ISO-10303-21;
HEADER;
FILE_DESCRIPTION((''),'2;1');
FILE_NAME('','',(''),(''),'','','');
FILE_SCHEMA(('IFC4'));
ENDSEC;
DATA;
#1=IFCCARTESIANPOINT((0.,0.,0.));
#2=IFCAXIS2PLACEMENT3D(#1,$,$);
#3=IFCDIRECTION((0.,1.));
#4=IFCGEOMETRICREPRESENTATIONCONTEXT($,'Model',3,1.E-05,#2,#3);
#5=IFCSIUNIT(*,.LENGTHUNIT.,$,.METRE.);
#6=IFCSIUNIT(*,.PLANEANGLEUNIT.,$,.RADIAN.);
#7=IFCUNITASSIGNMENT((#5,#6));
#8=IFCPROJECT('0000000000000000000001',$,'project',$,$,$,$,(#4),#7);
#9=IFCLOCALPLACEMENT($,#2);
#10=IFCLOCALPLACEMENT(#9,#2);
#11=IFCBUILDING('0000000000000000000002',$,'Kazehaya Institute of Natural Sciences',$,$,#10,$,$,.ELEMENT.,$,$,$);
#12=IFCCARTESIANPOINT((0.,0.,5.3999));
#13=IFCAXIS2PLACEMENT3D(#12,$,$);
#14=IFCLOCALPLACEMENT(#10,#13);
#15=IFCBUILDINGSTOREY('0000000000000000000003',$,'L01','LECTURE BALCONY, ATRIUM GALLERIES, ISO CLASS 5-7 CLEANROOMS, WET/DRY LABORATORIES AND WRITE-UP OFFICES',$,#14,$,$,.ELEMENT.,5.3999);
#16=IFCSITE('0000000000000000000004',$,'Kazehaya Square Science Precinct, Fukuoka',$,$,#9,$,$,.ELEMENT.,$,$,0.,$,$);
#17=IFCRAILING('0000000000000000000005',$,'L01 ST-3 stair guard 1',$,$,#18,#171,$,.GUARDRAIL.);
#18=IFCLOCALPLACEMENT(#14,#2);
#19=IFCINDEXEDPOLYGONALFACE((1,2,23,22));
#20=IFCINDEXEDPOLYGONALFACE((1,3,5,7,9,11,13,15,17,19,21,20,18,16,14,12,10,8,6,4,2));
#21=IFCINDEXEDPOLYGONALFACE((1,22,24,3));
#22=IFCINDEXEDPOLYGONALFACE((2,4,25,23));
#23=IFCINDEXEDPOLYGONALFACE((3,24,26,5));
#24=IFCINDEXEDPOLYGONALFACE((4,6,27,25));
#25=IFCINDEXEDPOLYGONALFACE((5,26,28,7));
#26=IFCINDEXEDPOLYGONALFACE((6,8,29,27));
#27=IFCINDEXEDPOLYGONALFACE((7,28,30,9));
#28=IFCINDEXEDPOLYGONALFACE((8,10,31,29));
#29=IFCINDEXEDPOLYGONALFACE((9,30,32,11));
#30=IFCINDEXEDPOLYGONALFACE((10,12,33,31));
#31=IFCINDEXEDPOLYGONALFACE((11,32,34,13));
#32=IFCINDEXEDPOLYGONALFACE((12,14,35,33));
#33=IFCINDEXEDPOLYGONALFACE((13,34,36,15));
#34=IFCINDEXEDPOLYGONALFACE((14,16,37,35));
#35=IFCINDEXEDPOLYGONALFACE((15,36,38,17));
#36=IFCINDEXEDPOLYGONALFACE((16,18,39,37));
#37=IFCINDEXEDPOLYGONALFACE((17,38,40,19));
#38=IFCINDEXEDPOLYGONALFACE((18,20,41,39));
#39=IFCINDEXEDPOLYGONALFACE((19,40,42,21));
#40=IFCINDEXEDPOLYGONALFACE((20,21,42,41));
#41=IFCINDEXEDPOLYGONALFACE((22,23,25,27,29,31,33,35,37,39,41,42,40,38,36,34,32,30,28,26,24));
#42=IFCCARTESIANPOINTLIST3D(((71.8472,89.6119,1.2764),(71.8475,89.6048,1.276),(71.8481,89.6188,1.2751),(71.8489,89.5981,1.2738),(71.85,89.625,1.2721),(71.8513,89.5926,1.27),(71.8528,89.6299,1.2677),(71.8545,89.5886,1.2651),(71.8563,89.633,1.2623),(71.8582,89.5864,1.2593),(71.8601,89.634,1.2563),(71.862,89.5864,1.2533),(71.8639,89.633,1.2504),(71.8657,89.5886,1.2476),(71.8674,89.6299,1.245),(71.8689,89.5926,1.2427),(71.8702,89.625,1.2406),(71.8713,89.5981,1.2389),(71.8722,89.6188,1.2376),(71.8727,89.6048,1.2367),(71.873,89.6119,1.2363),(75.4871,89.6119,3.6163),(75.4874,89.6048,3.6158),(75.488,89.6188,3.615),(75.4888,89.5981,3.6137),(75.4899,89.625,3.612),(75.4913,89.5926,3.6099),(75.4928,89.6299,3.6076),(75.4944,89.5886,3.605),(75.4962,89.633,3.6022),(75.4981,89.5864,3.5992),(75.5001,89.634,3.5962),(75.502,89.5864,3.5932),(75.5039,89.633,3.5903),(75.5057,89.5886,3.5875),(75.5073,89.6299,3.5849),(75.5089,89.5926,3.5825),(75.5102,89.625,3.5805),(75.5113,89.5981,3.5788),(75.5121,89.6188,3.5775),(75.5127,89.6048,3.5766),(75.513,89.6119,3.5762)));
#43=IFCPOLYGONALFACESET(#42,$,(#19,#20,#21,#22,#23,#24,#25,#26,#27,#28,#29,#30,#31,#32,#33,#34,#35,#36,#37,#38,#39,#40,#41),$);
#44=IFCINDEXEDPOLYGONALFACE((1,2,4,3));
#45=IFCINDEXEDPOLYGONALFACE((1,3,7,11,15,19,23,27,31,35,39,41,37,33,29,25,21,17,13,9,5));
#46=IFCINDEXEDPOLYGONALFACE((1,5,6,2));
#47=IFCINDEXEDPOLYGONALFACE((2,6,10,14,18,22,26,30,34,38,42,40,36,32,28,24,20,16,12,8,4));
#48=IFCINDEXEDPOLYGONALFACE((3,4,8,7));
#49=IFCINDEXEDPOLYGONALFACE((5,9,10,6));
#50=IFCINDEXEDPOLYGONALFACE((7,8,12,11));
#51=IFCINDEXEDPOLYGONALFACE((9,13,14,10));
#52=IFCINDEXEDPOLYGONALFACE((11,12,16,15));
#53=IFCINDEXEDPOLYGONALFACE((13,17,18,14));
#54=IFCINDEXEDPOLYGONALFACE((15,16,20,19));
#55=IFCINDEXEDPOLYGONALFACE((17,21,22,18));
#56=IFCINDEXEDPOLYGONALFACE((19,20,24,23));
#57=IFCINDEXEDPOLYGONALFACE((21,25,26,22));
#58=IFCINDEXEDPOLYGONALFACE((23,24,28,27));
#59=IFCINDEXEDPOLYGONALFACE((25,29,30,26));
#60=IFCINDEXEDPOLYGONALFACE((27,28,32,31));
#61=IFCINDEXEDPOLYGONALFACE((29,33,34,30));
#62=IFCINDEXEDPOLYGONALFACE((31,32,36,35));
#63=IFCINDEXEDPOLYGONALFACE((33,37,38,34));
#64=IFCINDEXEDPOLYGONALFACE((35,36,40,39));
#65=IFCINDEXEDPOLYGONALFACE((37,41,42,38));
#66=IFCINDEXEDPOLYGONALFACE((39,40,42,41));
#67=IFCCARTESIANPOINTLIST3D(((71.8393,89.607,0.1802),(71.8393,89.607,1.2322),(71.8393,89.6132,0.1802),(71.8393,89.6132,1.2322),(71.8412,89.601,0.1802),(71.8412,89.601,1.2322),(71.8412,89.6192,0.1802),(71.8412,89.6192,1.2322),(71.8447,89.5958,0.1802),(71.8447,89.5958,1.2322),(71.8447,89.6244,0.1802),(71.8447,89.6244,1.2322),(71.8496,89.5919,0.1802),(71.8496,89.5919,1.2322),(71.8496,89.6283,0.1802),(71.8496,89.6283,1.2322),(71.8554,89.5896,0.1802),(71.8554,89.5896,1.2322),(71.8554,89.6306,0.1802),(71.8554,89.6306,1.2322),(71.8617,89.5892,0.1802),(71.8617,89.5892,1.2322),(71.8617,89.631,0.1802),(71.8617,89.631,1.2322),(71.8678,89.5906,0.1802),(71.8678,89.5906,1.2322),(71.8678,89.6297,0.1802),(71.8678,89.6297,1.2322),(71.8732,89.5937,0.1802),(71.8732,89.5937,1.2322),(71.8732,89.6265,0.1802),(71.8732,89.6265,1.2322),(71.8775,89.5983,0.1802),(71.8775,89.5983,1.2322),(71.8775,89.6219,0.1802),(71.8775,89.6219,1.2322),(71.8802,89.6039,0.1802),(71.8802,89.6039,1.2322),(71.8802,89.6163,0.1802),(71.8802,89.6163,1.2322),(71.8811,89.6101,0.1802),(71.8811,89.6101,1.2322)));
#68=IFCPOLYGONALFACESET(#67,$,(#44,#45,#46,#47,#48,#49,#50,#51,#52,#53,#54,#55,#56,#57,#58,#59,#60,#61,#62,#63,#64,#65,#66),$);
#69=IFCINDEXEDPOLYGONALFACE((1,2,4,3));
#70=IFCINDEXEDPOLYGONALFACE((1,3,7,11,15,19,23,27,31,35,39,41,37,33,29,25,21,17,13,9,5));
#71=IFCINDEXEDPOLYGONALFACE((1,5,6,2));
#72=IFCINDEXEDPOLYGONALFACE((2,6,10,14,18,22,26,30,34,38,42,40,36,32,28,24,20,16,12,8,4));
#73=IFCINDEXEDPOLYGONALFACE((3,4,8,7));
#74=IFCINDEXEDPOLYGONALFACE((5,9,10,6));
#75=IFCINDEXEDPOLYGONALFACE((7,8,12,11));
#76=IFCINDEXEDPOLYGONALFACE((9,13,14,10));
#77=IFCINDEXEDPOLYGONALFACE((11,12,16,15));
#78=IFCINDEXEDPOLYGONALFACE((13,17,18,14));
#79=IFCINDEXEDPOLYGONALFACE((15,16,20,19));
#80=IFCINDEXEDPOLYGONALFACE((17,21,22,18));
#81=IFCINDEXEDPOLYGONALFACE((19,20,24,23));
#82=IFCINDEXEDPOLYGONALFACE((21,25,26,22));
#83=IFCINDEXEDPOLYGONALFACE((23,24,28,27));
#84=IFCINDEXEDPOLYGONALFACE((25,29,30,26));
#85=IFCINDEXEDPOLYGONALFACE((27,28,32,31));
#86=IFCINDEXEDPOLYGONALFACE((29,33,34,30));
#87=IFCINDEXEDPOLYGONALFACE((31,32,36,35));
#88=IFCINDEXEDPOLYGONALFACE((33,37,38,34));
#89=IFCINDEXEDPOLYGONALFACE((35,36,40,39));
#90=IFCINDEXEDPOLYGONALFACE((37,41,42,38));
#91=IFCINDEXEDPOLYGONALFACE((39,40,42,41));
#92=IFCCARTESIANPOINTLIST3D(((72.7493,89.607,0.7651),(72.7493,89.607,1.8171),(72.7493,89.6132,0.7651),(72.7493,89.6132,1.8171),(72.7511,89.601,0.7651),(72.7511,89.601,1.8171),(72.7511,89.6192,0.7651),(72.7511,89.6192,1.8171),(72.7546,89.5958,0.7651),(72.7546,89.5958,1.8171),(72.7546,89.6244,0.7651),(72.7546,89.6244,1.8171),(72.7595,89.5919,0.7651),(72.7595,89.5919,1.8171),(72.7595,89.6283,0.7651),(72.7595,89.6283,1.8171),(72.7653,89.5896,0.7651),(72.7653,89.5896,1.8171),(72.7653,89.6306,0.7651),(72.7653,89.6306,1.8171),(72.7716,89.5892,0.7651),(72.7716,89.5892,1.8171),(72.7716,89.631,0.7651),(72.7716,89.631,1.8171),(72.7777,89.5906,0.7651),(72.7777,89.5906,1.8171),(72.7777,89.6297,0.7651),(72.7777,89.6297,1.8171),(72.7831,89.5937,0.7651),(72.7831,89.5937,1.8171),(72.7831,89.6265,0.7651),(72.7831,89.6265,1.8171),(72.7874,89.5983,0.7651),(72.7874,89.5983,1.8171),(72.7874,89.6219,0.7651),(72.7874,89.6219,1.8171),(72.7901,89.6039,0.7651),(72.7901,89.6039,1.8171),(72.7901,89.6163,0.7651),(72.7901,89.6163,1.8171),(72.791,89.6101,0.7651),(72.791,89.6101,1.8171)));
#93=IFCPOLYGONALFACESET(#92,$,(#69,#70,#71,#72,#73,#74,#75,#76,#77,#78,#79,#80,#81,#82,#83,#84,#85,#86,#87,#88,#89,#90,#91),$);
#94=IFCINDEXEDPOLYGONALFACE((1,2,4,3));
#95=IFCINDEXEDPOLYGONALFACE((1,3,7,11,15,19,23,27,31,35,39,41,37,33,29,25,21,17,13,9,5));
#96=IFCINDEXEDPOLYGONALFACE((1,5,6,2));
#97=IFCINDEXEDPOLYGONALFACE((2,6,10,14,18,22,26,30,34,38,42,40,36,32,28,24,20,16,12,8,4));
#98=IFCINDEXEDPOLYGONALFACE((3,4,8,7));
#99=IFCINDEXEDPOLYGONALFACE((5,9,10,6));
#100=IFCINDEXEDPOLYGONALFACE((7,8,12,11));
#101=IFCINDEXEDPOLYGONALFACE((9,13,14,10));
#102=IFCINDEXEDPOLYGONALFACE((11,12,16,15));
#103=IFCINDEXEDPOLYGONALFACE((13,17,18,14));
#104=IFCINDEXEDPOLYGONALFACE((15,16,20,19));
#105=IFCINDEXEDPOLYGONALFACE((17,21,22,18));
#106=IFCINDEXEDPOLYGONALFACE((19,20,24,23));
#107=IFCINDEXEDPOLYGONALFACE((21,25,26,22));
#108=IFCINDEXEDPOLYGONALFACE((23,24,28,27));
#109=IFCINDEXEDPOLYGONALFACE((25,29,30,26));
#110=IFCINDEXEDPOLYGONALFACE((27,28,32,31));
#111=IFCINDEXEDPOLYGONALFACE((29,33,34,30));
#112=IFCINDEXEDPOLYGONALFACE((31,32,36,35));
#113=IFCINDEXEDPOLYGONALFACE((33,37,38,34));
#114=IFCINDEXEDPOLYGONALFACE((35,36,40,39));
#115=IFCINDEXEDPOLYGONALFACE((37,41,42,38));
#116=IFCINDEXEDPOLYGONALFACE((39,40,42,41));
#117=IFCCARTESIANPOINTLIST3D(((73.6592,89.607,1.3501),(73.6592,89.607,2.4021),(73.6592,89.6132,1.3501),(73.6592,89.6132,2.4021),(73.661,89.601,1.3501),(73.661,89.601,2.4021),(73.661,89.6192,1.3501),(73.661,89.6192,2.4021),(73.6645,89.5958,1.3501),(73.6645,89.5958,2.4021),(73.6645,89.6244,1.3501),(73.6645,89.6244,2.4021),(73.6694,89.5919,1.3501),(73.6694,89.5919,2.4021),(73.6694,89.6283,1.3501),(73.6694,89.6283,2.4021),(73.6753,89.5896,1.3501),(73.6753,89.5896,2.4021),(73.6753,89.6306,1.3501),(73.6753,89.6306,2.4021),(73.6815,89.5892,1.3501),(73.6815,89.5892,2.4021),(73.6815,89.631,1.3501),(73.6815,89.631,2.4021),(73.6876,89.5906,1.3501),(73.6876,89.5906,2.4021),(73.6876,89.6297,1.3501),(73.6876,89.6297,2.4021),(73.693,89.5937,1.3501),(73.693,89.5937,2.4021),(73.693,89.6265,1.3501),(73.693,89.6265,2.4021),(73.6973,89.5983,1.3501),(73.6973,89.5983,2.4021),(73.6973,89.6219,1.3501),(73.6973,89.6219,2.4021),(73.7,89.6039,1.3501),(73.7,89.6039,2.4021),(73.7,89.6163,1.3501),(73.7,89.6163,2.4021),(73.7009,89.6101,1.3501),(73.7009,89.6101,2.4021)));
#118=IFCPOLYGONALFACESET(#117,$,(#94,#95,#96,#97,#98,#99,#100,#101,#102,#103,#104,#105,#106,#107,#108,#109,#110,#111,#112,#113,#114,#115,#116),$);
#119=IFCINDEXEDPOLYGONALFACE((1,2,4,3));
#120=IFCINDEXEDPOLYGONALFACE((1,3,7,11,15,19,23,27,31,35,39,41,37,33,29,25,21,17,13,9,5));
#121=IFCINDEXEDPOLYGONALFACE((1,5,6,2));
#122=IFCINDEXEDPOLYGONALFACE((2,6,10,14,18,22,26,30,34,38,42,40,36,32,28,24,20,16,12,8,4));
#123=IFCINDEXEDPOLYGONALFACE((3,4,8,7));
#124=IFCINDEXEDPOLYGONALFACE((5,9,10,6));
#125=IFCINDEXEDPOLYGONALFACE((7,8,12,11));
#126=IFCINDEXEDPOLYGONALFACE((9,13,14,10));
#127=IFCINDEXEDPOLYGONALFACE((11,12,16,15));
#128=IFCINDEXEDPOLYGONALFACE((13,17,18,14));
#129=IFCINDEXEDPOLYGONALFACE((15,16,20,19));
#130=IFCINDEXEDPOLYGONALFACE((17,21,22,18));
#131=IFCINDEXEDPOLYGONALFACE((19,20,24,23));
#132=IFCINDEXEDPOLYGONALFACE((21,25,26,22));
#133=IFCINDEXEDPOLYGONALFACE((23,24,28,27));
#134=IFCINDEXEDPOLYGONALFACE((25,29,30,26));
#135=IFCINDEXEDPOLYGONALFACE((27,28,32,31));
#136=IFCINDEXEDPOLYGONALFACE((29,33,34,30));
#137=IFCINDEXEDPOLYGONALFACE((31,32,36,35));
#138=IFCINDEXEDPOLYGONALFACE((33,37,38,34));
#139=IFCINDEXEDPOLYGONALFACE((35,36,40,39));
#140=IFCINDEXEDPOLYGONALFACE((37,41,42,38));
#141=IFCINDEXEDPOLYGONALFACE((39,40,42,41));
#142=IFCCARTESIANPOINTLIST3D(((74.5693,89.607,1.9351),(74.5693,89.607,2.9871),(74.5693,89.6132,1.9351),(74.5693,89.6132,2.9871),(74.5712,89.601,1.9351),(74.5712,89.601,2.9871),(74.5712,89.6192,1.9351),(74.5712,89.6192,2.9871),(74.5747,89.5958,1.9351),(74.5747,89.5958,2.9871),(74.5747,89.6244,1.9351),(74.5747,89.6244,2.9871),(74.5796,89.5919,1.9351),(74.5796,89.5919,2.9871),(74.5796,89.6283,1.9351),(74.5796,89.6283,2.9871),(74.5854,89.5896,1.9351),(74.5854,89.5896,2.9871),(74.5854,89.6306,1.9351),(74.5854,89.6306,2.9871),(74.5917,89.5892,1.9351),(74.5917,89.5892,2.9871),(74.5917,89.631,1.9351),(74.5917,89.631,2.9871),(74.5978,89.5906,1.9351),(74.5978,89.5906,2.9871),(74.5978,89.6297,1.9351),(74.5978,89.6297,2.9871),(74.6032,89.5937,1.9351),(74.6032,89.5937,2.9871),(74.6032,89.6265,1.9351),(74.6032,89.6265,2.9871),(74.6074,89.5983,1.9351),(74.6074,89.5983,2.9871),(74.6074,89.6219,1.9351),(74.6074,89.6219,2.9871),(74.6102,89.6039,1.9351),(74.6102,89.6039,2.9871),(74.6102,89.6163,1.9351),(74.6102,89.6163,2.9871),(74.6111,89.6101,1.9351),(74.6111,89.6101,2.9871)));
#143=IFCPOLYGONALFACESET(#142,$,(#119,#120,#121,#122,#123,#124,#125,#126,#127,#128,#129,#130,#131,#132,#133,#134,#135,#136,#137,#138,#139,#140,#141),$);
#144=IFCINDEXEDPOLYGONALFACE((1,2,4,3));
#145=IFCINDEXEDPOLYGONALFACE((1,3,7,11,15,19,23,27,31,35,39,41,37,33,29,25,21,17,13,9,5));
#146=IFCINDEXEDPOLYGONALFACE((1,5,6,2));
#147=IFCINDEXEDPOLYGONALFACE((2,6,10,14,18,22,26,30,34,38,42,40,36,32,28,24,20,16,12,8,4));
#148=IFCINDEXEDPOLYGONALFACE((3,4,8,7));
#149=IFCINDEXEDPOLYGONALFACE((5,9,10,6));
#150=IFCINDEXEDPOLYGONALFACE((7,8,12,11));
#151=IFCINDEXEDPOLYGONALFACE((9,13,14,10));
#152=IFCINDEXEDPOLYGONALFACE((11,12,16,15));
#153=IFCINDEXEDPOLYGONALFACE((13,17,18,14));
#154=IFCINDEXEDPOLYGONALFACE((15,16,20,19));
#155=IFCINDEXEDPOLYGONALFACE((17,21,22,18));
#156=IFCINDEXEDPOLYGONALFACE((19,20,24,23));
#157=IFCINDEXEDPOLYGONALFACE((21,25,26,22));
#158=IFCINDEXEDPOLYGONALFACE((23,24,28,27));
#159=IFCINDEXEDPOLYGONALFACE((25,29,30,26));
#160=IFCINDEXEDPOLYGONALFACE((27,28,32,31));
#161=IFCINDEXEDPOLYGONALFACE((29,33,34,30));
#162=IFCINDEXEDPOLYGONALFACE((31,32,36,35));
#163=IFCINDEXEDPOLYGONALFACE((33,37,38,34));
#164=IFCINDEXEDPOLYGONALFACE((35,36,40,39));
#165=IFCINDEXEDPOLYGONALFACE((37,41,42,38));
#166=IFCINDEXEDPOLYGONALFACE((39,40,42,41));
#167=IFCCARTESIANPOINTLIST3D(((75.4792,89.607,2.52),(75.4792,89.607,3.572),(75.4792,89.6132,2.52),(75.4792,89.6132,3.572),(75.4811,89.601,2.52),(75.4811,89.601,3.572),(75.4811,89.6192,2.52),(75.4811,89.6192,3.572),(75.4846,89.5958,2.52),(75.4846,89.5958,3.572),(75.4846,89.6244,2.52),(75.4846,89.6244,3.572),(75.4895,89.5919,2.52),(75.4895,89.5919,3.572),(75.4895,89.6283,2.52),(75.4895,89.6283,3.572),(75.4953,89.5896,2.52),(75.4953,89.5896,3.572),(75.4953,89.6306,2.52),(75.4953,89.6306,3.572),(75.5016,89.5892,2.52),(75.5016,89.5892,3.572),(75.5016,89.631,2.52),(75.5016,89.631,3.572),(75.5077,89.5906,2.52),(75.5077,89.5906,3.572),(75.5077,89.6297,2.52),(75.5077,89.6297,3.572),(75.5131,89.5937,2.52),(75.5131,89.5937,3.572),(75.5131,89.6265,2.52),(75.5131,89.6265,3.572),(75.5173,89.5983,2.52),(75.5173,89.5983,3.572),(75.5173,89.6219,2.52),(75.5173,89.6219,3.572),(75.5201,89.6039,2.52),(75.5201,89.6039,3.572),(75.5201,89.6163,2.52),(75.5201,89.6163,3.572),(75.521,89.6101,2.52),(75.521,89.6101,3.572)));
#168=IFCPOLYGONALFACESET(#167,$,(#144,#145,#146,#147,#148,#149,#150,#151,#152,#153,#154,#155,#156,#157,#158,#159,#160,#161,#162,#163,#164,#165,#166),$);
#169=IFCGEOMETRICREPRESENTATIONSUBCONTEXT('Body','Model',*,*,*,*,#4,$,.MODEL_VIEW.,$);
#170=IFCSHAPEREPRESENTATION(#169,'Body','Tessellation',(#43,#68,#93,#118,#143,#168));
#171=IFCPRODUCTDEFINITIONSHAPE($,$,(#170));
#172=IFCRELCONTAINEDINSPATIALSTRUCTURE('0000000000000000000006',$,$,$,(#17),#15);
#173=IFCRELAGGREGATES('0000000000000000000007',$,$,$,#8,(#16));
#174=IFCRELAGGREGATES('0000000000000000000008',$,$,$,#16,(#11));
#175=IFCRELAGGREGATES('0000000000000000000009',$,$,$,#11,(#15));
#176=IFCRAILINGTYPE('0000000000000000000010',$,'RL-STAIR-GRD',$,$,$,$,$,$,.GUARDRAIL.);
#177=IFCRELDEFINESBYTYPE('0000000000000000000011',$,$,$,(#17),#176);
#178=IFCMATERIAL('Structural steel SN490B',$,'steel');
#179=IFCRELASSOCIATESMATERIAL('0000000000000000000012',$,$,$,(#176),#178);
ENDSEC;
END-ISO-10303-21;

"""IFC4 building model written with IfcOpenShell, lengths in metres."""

from ifc_helpers import new_model, si_unit, direction, frame, origin, origin_2d, place, context, subcontext, project, spatial, circle, extrude, material, type_object, element, save


model = new_model("IFC4")

# Units and contexts
model_context = context("Model", 3, precision=1e-05, world=origin(), true_north=direction((0.0, 1.0)))
body_context = subcontext(model_context, "Body", "Model", "MODEL_VIEW")
ifc_project = project(units=[si_unit("LENGTHUNIT", "METRE"), si_unit("PLANEANGLEUNIT", "RADIAN")], contexts=[model_context])

# Site, building, storey
site_placement = place(None, origin())
site = spatial("IfcSite", under=ifc_project, at=site_placement, Name="Kazehaya Square Science Precinct, Fukuoka", CompositionType="ELEMENT", RefElevation=0.0)
building_placement = place(site_placement, origin())
building = spatial("IfcBuilding", under=site, at=building_placement, Name="Kazehaya Institute of Natural Sciences", CompositionType="ELEMENT")
storey_placement = place(building_placement, frame((0.0, 0.0, 5.3999)))
storey = spatial("IfcBuildingStorey", under=building, at=storey_placement, Name="L01", Description="LECTURE BALCONY, ATRIUM GALLERIES, ISO CLASS 5-7 CLEANROOMS, WET/DRY LABORATORIES AND WRITE-UP OFFICES", CompositionType="ELEMENT", Elevation=5.3999)

# Railing
ifc_material_1 = material(Name="Structural steel SN490B", Category="steel")
railing_type_1 = type_object("IfcRailingType", Name="RL-STAIR-GRD", PredefinedType="GUARDRAIL", material=ifc_material_1)
railing_1_placement = place(storey_placement, frame((71.8601, 89.6101, 0.1802)))
element("IfcRailing", 1, at=railing_1_placement, inside=storey, type_object=railing_type_1, Name="L01 ST-3 stair guard 1", PredefinedType="GUARDRAIL", context=body_context, shape_type="SweptSolid", body=[
    extrude(circle(Radius=0.0239, at=origin_2d()), frame((0.0, 0.0, 1.0762), z_axis=(0.841188, 0.0, 0.540743), x_axis=(0.0, 1.0, 0.0)), (0.0, 0.0, 1.0), 4.3271),
    extrude(circle(Radius=0.021, at=origin_2d()), origin(), (0.0, 0.0, 1.0), 1.052),
    extrude(circle(Radius=0.021, at=origin_2d()), frame((0.9099, 0.0, 0.585)), (0.0, 0.0, 1.0), 1.052),
    extrude(circle(Radius=0.021, at=origin_2d()), frame((1.8198, 0.0, 1.1699)), (0.0, 0.0, 1.0), 1.052),
    extrude(circle(Radius=0.021, at=origin_2d()), frame((2.73, 0.0, 1.7549)), (0.0, 0.0, 1.0), 1.052),
    extrude(circle(Radius=0.021, at=origin_2d()), frame((3.6399, 0.0, 2.3398)), (0.0, 0.0, 1.0), 1.052),
])

save(model, "model.ifc")
